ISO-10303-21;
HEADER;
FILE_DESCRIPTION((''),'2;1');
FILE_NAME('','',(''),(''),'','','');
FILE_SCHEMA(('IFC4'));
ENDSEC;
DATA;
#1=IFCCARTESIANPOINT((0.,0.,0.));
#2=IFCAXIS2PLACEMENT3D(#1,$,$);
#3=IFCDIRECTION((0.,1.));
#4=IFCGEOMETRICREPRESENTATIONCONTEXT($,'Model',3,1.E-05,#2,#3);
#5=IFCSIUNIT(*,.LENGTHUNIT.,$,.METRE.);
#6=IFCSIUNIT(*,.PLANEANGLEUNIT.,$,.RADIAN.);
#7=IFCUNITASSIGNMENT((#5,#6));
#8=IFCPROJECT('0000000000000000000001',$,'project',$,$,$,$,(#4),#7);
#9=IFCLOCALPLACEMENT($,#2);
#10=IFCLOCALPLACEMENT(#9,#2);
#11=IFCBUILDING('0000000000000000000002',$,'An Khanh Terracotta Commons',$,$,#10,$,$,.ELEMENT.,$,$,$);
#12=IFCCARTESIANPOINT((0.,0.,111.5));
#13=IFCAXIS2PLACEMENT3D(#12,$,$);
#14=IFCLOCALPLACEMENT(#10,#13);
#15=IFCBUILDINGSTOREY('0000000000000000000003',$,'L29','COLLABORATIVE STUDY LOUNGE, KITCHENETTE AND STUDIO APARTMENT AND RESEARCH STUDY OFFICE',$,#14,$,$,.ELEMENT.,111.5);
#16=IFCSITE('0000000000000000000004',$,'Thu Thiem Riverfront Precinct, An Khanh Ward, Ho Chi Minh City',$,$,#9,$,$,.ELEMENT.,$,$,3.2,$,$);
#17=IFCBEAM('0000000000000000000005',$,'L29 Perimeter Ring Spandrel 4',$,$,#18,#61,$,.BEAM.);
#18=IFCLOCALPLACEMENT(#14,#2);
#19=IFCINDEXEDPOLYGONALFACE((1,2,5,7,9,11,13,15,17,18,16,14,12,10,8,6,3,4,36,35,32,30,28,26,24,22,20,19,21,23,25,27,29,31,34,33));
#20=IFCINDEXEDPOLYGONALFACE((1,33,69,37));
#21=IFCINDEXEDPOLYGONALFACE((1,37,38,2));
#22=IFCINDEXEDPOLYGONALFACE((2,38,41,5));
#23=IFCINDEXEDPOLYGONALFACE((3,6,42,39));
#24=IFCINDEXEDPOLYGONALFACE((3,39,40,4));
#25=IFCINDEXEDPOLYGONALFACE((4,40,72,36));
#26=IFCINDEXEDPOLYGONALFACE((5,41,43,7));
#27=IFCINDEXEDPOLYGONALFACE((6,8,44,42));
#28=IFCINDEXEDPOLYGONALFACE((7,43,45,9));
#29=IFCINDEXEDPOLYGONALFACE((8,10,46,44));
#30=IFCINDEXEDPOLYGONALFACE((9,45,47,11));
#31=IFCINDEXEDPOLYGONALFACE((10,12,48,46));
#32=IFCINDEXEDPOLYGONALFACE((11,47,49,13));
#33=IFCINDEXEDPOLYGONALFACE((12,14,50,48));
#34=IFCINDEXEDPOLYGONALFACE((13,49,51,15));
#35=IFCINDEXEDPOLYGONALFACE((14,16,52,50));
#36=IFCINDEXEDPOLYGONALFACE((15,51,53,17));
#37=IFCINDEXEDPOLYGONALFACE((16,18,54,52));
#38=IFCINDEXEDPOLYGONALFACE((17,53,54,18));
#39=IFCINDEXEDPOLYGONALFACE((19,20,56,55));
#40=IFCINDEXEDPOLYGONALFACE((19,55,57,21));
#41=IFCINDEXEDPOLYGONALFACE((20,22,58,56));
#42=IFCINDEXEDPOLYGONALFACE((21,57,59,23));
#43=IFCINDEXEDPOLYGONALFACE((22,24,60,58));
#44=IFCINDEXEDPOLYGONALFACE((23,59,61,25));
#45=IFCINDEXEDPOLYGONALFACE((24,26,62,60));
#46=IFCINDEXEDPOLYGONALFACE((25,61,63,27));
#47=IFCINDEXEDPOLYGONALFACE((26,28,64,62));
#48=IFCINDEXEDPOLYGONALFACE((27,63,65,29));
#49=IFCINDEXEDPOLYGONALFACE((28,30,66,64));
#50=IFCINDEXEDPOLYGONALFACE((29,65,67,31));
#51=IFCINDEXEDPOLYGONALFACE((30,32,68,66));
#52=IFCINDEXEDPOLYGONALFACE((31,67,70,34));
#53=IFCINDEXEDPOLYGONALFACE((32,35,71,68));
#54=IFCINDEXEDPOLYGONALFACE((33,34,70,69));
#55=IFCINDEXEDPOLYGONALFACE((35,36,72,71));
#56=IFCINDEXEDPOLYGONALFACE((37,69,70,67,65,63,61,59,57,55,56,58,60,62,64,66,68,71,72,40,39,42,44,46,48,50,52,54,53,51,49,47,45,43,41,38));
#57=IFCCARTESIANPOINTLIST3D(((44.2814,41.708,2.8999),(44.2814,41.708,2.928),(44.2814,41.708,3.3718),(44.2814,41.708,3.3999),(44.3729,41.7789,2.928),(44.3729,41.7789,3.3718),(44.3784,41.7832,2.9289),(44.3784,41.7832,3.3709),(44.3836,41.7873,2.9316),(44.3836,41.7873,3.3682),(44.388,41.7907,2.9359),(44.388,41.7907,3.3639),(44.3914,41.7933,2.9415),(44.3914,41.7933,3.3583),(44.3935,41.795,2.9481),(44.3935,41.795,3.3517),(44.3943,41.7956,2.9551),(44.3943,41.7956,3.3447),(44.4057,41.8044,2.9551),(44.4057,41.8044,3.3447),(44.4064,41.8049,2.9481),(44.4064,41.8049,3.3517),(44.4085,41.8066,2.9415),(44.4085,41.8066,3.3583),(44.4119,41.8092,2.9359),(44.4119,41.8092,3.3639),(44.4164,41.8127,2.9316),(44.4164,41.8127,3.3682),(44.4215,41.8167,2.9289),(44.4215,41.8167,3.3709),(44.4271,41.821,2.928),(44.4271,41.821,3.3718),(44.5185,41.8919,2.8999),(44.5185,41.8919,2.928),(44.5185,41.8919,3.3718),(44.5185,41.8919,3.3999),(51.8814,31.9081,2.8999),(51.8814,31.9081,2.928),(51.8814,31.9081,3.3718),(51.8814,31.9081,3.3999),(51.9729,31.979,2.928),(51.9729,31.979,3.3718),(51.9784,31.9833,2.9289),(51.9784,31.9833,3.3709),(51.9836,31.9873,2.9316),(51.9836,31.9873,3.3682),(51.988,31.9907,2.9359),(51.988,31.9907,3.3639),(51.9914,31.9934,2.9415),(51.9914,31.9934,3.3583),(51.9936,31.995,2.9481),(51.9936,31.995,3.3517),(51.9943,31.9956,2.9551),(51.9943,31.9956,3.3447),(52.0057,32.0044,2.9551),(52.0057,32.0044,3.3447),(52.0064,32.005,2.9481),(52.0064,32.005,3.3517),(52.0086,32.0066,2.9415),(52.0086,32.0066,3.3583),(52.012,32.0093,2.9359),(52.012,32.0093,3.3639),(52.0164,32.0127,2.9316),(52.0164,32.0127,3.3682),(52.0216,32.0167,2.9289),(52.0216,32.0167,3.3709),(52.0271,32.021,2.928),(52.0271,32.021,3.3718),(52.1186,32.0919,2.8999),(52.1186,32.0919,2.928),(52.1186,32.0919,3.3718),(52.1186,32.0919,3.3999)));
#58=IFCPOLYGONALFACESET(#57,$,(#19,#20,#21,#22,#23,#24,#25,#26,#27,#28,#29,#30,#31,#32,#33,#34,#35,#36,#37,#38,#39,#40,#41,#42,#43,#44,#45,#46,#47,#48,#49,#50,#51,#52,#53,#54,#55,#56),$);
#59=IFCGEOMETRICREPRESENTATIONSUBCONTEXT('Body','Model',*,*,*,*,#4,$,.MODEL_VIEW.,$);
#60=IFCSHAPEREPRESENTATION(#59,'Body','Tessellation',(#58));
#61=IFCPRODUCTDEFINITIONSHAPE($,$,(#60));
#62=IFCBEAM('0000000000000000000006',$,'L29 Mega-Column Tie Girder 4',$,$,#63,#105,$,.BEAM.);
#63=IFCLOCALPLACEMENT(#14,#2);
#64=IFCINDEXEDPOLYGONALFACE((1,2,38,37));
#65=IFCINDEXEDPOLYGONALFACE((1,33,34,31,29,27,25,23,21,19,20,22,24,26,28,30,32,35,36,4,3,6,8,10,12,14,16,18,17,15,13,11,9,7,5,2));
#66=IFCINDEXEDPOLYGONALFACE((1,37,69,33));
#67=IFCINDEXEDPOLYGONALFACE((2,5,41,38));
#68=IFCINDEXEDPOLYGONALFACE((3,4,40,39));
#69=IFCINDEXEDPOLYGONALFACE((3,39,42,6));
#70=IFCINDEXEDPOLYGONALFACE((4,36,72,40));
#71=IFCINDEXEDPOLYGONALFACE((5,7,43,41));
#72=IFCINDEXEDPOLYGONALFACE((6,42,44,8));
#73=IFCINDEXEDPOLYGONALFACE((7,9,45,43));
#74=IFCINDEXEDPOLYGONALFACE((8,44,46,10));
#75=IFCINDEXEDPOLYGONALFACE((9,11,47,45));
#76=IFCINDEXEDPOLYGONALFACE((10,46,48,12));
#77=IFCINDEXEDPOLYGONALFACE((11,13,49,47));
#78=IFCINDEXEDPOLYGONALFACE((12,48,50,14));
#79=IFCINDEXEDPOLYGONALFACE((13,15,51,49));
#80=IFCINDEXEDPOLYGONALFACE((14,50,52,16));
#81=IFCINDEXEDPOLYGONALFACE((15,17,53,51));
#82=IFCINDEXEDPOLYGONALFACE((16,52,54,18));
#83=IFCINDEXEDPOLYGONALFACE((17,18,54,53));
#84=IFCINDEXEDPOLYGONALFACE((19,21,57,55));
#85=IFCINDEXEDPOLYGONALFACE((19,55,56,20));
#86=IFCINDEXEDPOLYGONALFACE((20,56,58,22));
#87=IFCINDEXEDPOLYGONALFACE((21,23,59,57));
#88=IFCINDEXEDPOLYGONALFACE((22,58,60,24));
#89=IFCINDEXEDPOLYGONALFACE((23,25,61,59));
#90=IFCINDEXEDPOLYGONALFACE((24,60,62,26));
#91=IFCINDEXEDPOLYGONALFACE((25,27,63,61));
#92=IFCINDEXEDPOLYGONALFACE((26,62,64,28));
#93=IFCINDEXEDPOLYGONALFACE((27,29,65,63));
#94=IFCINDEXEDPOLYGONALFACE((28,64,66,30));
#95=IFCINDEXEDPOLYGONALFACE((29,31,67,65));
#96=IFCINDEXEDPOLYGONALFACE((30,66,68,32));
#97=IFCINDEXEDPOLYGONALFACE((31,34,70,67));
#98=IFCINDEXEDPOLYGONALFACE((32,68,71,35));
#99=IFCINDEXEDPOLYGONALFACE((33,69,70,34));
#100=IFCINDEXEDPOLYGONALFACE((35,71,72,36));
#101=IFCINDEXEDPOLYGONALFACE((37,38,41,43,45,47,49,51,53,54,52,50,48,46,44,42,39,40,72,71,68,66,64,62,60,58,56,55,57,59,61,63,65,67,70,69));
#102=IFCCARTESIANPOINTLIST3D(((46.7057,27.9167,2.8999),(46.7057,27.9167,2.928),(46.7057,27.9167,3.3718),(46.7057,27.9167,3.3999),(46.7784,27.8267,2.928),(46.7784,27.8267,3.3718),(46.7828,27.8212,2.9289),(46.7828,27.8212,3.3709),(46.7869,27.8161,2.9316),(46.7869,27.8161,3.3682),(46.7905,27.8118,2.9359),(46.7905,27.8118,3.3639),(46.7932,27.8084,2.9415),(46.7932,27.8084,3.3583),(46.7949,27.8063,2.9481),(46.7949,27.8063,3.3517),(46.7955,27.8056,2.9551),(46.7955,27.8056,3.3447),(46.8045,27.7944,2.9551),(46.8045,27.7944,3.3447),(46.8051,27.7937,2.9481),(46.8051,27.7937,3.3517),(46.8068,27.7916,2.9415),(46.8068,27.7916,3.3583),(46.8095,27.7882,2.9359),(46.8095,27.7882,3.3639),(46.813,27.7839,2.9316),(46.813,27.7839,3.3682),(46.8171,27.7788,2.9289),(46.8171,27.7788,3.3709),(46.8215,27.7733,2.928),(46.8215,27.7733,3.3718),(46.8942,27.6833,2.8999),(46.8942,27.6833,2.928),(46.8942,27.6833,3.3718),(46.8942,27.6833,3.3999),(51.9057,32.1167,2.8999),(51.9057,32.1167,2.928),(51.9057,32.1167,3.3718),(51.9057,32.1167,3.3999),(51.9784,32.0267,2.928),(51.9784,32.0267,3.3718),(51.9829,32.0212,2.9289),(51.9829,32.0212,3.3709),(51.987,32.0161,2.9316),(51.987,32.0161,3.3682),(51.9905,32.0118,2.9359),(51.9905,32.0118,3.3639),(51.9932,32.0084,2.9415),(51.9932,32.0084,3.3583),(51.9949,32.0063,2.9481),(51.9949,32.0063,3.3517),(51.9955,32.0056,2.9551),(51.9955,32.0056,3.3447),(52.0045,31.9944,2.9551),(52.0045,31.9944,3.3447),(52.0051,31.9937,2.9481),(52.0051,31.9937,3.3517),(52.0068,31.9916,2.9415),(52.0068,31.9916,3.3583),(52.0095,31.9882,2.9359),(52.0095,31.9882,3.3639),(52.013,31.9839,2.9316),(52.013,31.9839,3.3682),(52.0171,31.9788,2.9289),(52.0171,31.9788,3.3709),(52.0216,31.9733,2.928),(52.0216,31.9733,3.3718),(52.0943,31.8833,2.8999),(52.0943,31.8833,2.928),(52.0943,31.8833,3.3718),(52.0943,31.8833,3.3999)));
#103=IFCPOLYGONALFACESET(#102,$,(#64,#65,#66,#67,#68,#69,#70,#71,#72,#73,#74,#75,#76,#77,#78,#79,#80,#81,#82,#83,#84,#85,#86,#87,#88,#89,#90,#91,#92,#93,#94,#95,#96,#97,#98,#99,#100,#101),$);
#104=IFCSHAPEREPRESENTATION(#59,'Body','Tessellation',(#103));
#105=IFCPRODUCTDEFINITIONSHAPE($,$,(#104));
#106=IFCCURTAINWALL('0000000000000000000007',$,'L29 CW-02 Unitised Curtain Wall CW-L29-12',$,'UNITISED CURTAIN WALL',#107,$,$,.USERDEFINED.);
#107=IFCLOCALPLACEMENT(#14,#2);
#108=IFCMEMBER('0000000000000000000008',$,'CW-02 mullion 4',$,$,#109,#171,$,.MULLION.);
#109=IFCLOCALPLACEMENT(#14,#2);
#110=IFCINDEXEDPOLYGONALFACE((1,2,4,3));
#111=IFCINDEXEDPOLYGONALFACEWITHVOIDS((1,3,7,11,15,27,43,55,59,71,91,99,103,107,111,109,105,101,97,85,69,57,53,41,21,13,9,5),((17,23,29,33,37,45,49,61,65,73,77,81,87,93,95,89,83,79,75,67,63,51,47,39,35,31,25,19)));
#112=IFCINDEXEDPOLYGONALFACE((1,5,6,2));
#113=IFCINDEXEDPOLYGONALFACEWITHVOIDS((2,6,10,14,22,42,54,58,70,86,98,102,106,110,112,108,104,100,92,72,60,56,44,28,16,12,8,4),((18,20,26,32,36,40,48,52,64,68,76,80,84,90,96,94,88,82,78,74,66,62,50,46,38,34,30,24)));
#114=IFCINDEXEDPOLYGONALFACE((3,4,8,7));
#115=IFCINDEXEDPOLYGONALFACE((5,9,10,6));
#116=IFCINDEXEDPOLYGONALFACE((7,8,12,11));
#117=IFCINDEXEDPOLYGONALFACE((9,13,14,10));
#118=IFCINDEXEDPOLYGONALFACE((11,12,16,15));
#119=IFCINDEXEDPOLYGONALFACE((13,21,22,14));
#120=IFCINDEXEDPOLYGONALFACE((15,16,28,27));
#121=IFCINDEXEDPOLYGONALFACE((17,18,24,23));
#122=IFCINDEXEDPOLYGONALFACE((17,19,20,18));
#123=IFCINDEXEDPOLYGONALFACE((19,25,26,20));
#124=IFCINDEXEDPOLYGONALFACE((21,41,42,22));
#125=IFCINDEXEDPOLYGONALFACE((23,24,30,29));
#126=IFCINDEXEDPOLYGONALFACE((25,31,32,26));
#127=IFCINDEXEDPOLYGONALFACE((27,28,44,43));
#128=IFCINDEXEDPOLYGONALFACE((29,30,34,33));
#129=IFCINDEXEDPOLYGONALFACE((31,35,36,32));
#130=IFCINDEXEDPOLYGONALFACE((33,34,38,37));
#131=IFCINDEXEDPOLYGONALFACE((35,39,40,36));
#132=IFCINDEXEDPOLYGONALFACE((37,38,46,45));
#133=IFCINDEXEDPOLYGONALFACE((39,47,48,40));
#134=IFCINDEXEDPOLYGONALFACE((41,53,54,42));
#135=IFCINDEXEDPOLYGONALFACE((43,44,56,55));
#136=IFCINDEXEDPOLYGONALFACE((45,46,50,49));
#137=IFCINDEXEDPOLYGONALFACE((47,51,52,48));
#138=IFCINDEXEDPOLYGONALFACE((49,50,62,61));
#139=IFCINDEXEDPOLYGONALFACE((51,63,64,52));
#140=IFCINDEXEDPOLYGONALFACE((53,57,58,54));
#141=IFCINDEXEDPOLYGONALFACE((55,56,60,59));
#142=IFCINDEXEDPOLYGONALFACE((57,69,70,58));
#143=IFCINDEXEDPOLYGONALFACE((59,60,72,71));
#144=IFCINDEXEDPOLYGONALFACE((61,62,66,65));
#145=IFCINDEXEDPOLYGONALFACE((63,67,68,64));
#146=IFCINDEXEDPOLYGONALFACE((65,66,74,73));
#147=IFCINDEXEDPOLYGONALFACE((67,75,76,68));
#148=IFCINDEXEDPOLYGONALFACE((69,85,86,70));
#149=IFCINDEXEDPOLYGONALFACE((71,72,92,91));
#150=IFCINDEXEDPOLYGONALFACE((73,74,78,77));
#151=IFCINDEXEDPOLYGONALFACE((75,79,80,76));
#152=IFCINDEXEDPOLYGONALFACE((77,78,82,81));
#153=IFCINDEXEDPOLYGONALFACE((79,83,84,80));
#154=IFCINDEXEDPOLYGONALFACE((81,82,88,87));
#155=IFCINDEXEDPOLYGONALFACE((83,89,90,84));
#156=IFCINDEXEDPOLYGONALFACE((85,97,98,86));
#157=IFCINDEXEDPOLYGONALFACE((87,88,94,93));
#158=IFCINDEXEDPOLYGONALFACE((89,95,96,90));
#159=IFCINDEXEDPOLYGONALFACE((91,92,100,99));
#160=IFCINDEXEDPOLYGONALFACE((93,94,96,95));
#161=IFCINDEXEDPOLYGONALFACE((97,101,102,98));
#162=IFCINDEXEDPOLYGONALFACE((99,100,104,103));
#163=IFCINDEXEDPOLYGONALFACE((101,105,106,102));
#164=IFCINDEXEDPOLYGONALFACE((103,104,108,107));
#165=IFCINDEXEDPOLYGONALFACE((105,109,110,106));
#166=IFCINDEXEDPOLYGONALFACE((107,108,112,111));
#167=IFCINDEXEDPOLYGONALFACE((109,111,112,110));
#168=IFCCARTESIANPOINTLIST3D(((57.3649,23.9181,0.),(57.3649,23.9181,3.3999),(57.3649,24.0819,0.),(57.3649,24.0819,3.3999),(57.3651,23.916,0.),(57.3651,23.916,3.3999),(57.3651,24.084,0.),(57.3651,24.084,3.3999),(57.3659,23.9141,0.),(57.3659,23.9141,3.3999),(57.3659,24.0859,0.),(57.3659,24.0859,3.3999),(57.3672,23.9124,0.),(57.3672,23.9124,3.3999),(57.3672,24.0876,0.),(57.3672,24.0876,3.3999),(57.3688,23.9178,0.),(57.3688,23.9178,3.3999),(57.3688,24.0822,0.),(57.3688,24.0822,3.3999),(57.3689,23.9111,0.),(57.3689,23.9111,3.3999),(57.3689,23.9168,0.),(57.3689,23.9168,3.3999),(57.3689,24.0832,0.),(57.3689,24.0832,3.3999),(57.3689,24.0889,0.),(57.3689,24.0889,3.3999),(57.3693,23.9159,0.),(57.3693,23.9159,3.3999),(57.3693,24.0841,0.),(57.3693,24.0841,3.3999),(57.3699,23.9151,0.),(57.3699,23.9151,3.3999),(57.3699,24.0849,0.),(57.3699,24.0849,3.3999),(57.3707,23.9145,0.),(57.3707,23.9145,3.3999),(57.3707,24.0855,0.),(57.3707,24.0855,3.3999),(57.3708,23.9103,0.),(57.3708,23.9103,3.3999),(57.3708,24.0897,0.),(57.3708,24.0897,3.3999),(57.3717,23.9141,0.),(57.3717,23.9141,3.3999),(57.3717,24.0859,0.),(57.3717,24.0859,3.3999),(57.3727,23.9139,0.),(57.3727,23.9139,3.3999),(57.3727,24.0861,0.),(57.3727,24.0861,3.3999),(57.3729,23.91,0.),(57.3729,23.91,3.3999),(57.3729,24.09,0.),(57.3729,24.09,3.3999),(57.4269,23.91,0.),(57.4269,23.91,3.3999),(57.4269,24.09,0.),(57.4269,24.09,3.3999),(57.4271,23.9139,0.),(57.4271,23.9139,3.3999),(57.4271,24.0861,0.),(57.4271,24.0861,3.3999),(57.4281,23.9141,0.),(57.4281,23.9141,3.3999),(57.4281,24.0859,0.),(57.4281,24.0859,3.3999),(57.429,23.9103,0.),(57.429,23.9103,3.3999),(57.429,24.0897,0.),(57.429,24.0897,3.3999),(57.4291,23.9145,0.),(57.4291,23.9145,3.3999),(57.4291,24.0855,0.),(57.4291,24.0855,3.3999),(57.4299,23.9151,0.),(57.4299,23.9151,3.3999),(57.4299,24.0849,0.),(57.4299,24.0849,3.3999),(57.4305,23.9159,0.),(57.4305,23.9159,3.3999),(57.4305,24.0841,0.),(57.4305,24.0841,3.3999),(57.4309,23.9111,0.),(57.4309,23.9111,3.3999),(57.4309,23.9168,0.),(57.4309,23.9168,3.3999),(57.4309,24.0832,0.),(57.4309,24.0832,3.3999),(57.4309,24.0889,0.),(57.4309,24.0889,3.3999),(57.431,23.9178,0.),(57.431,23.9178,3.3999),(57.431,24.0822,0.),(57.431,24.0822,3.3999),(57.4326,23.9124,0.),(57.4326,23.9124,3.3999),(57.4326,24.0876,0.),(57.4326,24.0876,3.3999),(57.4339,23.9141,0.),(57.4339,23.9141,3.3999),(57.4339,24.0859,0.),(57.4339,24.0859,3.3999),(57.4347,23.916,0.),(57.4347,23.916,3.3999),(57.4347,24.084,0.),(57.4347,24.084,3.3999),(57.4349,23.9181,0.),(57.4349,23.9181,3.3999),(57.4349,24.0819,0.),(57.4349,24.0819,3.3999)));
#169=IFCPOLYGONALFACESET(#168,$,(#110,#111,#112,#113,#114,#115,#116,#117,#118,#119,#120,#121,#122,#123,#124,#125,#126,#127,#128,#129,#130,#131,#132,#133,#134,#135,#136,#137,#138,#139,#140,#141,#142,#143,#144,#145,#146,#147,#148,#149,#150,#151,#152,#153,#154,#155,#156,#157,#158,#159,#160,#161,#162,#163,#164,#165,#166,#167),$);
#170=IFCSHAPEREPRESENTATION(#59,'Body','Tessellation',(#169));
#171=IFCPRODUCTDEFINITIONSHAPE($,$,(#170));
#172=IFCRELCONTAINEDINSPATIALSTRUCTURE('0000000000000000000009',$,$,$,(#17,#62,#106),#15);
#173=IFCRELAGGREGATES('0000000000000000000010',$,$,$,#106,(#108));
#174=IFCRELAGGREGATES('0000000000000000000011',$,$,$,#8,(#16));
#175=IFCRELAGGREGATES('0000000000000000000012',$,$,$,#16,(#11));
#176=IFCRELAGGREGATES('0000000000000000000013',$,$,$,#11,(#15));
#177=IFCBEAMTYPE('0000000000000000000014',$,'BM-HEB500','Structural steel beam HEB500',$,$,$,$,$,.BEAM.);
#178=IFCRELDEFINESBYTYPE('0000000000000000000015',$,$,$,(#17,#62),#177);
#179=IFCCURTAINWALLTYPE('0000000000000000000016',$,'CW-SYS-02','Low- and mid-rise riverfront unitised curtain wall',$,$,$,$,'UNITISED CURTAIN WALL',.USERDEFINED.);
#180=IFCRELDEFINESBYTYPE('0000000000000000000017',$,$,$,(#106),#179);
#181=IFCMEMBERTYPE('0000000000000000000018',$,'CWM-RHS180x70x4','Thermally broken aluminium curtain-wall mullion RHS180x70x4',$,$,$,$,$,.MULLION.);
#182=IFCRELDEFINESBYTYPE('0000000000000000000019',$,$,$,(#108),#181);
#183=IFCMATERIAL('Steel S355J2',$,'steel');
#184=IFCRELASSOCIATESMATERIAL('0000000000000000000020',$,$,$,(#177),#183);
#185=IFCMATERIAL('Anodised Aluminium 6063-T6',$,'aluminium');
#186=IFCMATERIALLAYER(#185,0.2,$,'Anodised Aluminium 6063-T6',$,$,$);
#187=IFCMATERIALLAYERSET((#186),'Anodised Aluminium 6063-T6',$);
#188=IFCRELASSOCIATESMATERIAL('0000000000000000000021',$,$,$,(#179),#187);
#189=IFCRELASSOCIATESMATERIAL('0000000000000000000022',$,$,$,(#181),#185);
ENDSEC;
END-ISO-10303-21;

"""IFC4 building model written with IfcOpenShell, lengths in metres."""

from ifc_helpers import new_model, si_unit, direction, frame, origin, origin_2d, place, context, subcontext, project, spatial, hollow_rectangle, i_section, extrude, material, layer, layer_set, material_profile, profile_set, type_object, element, aggregate, save


model = new_model("IFC4")

# Units and contexts
model_context = context("Model", 3, precision=1e-05, world=origin(), true_north=direction((0.0, 1.0)))
body_context = subcontext(model_context, "Body", "Model", "MODEL_VIEW")
ifc_project = project(units=[si_unit("LENGTHUNIT", "METRE"), si_unit("PLANEANGLEUNIT", "RADIAN")], contexts=[model_context])

# Site, building, storey
site_placement = place(None, origin())
site = spatial("IfcSite", under=ifc_project, at=site_placement, Name="Thu Thiem Riverfront Precinct, An Khanh Ward, Ho Chi Minh City", CompositionType="ELEMENT", RefElevation=3.2)
building_placement = place(site_placement, origin())
building = spatial("IfcBuilding", under=site, at=building_placement, Name="An Khanh Terracotta Commons", CompositionType="ELEMENT")
storey_placement = place(building_placement, frame((0.0, 0.0, 111.5)))
storey = spatial("IfcBuildingStorey", under=building, at=storey_placement, Name="L29", Description="COLLABORATIVE STUDY LOUNGE, KITCHENETTE AND STUDIO APARTMENT AND RESEARCH STUDY OFFICE", CompositionType="ELEMENT", Elevation=111.5)

# Beams
ifc_material_1 = material(Name="Steel S355J2", Category="steel")
ifc_material_profile_1 = material_profile(ifc_material_1, i_section(OverallWidth=0.3, OverallDepth=0.5, WebThickness=0.0144, FlangeThickness=0.0281, FilletRadius=0.0271, at=origin_2d()), Name="HEB500")
ifc_profile_set_1 = profile_set([ifc_material_profile_1], Name="Steel S355J2")
beam_type = type_object("IfcBeamType", Name="BM-HEB500", Description="Structural steel beam HEB500", PredefinedType="BEAM", material=ifc_profile_set_1)
beam_1_placement = place(storey_placement, frame((52.0, 32.0, 3.1499), z_axis=(-0.612827, 0.790217, 0.0), x_axis=(-0.790217, -0.612827, 0.0)))
element("IfcBeam", 1, at=beam_1_placement, inside=storey, type_object=beam_type, Name="L29 Perimeter Ring Spandrel 4", PredefinedType="BEAM", context=body_context, shape_type="SweptSolid", body=[
    extrude(i_section(OverallWidth=0.3, OverallDepth=0.5, WebThickness=0.0144, FlangeThickness=0.0281, FilletRadius=0.0271, at=origin_2d()), origin(), (0.0, 0.0, 1.0), 12.4016),
])
beam_2_placement = place(storey_placement, frame((52.0, 32.0, 3.1499), z_axis=(-0.777942, -0.628336, 0.0), x_axis=(0.628336, -0.777942, 0.0)))
element("IfcBeam", 2, at=beam_2_placement, inside=storey, type_object=beam_type, Name="L29 Mega-Column Tie Girder 4", PredefinedType="BEAM", context=body_context, shape_type="SweptSolid", body=[
    extrude(i_section(OverallWidth=0.3, OverallDepth=0.5, WebThickness=0.0144, FlangeThickness=0.0281, FilletRadius=0.0271, at=origin_2d()), origin(), (0.0, 0.0, 1.0), 6.6843),
])

# Curtain wall, member
ifc_material_2 = material(Name="Anodised Aluminium 6063-T6", Category="aluminium")
ifc_layer_1 = layer(ifc_material_2, 0.2, Name="Anodised Aluminium 6063-T6")
ifc_layer_set_1 = layer_set([ifc_layer_1], Name="Anodised Aluminium 6063-T6")
curtain_wall_type = type_object("IfcCurtainWallType", Name="CW-SYS-02", Description="Low- and mid-rise riverfront unitised curtain wall", ElementType="UNITISED CURTAIN WALL", PredefinedType="USERDEFINED", material=ifc_layer_set_1)
curtain_wall_placement = place(storey_placement, origin())
curtain_wall = element("IfcCurtainWall", 3, at=curtain_wall_placement, inside=storey, type_object=curtain_wall_type, Name="L29 CW-02 Unitised Curtain Wall CW-L29-12", ObjectType="UNITISED CURTAIN WALL", PredefinedType="USERDEFINED")
ifc_material_profile_2 = material_profile(ifc_material_2, hollow_rectangle(XDim=0.0701, YDim=0.1799, WallThickness=0.0039, InnerFilletRadius=0.0039, OuterFilletRadius=0.0081, at=origin_2d()), Name="RHS180x70x4")
ifc_profile_set_2 = profile_set([ifc_material_profile_2], Name="Anodised Aluminium 6063-T6")
member_type_1 = type_object("IfcMemberType", Name="CWM-RHS180x70x4", Description="Thermally broken aluminium curtain-wall mullion RHS180x70x4", PredefinedType="MULLION", material=ifc_profile_set_2)
member_1_placement = place(storey_placement, frame((57.3999, 24.0, 0.0), z_axis=(0.0, 0.0, 1.0), x_axis=(-1.0, 0.0, 0.0)))
member_1 = element("IfcMember", 4, at=member_1_placement, type_object=member_type_1, Name="CW-02 mullion 4", PredefinedType="MULLION", context=body_context, shape_type="SweptSolid", body=[
    extrude(hollow_rectangle(XDim=0.0701, YDim=0.1799, WallThickness=0.0039, InnerFilletRadius=0.0039, OuterFilletRadius=0.0081, at=origin_2d()), origin(), (0.0, 0.0, 1.0), 3.3999),
])
aggregate(curtain_wall, [member_1])

save(model, "model.ifc")
